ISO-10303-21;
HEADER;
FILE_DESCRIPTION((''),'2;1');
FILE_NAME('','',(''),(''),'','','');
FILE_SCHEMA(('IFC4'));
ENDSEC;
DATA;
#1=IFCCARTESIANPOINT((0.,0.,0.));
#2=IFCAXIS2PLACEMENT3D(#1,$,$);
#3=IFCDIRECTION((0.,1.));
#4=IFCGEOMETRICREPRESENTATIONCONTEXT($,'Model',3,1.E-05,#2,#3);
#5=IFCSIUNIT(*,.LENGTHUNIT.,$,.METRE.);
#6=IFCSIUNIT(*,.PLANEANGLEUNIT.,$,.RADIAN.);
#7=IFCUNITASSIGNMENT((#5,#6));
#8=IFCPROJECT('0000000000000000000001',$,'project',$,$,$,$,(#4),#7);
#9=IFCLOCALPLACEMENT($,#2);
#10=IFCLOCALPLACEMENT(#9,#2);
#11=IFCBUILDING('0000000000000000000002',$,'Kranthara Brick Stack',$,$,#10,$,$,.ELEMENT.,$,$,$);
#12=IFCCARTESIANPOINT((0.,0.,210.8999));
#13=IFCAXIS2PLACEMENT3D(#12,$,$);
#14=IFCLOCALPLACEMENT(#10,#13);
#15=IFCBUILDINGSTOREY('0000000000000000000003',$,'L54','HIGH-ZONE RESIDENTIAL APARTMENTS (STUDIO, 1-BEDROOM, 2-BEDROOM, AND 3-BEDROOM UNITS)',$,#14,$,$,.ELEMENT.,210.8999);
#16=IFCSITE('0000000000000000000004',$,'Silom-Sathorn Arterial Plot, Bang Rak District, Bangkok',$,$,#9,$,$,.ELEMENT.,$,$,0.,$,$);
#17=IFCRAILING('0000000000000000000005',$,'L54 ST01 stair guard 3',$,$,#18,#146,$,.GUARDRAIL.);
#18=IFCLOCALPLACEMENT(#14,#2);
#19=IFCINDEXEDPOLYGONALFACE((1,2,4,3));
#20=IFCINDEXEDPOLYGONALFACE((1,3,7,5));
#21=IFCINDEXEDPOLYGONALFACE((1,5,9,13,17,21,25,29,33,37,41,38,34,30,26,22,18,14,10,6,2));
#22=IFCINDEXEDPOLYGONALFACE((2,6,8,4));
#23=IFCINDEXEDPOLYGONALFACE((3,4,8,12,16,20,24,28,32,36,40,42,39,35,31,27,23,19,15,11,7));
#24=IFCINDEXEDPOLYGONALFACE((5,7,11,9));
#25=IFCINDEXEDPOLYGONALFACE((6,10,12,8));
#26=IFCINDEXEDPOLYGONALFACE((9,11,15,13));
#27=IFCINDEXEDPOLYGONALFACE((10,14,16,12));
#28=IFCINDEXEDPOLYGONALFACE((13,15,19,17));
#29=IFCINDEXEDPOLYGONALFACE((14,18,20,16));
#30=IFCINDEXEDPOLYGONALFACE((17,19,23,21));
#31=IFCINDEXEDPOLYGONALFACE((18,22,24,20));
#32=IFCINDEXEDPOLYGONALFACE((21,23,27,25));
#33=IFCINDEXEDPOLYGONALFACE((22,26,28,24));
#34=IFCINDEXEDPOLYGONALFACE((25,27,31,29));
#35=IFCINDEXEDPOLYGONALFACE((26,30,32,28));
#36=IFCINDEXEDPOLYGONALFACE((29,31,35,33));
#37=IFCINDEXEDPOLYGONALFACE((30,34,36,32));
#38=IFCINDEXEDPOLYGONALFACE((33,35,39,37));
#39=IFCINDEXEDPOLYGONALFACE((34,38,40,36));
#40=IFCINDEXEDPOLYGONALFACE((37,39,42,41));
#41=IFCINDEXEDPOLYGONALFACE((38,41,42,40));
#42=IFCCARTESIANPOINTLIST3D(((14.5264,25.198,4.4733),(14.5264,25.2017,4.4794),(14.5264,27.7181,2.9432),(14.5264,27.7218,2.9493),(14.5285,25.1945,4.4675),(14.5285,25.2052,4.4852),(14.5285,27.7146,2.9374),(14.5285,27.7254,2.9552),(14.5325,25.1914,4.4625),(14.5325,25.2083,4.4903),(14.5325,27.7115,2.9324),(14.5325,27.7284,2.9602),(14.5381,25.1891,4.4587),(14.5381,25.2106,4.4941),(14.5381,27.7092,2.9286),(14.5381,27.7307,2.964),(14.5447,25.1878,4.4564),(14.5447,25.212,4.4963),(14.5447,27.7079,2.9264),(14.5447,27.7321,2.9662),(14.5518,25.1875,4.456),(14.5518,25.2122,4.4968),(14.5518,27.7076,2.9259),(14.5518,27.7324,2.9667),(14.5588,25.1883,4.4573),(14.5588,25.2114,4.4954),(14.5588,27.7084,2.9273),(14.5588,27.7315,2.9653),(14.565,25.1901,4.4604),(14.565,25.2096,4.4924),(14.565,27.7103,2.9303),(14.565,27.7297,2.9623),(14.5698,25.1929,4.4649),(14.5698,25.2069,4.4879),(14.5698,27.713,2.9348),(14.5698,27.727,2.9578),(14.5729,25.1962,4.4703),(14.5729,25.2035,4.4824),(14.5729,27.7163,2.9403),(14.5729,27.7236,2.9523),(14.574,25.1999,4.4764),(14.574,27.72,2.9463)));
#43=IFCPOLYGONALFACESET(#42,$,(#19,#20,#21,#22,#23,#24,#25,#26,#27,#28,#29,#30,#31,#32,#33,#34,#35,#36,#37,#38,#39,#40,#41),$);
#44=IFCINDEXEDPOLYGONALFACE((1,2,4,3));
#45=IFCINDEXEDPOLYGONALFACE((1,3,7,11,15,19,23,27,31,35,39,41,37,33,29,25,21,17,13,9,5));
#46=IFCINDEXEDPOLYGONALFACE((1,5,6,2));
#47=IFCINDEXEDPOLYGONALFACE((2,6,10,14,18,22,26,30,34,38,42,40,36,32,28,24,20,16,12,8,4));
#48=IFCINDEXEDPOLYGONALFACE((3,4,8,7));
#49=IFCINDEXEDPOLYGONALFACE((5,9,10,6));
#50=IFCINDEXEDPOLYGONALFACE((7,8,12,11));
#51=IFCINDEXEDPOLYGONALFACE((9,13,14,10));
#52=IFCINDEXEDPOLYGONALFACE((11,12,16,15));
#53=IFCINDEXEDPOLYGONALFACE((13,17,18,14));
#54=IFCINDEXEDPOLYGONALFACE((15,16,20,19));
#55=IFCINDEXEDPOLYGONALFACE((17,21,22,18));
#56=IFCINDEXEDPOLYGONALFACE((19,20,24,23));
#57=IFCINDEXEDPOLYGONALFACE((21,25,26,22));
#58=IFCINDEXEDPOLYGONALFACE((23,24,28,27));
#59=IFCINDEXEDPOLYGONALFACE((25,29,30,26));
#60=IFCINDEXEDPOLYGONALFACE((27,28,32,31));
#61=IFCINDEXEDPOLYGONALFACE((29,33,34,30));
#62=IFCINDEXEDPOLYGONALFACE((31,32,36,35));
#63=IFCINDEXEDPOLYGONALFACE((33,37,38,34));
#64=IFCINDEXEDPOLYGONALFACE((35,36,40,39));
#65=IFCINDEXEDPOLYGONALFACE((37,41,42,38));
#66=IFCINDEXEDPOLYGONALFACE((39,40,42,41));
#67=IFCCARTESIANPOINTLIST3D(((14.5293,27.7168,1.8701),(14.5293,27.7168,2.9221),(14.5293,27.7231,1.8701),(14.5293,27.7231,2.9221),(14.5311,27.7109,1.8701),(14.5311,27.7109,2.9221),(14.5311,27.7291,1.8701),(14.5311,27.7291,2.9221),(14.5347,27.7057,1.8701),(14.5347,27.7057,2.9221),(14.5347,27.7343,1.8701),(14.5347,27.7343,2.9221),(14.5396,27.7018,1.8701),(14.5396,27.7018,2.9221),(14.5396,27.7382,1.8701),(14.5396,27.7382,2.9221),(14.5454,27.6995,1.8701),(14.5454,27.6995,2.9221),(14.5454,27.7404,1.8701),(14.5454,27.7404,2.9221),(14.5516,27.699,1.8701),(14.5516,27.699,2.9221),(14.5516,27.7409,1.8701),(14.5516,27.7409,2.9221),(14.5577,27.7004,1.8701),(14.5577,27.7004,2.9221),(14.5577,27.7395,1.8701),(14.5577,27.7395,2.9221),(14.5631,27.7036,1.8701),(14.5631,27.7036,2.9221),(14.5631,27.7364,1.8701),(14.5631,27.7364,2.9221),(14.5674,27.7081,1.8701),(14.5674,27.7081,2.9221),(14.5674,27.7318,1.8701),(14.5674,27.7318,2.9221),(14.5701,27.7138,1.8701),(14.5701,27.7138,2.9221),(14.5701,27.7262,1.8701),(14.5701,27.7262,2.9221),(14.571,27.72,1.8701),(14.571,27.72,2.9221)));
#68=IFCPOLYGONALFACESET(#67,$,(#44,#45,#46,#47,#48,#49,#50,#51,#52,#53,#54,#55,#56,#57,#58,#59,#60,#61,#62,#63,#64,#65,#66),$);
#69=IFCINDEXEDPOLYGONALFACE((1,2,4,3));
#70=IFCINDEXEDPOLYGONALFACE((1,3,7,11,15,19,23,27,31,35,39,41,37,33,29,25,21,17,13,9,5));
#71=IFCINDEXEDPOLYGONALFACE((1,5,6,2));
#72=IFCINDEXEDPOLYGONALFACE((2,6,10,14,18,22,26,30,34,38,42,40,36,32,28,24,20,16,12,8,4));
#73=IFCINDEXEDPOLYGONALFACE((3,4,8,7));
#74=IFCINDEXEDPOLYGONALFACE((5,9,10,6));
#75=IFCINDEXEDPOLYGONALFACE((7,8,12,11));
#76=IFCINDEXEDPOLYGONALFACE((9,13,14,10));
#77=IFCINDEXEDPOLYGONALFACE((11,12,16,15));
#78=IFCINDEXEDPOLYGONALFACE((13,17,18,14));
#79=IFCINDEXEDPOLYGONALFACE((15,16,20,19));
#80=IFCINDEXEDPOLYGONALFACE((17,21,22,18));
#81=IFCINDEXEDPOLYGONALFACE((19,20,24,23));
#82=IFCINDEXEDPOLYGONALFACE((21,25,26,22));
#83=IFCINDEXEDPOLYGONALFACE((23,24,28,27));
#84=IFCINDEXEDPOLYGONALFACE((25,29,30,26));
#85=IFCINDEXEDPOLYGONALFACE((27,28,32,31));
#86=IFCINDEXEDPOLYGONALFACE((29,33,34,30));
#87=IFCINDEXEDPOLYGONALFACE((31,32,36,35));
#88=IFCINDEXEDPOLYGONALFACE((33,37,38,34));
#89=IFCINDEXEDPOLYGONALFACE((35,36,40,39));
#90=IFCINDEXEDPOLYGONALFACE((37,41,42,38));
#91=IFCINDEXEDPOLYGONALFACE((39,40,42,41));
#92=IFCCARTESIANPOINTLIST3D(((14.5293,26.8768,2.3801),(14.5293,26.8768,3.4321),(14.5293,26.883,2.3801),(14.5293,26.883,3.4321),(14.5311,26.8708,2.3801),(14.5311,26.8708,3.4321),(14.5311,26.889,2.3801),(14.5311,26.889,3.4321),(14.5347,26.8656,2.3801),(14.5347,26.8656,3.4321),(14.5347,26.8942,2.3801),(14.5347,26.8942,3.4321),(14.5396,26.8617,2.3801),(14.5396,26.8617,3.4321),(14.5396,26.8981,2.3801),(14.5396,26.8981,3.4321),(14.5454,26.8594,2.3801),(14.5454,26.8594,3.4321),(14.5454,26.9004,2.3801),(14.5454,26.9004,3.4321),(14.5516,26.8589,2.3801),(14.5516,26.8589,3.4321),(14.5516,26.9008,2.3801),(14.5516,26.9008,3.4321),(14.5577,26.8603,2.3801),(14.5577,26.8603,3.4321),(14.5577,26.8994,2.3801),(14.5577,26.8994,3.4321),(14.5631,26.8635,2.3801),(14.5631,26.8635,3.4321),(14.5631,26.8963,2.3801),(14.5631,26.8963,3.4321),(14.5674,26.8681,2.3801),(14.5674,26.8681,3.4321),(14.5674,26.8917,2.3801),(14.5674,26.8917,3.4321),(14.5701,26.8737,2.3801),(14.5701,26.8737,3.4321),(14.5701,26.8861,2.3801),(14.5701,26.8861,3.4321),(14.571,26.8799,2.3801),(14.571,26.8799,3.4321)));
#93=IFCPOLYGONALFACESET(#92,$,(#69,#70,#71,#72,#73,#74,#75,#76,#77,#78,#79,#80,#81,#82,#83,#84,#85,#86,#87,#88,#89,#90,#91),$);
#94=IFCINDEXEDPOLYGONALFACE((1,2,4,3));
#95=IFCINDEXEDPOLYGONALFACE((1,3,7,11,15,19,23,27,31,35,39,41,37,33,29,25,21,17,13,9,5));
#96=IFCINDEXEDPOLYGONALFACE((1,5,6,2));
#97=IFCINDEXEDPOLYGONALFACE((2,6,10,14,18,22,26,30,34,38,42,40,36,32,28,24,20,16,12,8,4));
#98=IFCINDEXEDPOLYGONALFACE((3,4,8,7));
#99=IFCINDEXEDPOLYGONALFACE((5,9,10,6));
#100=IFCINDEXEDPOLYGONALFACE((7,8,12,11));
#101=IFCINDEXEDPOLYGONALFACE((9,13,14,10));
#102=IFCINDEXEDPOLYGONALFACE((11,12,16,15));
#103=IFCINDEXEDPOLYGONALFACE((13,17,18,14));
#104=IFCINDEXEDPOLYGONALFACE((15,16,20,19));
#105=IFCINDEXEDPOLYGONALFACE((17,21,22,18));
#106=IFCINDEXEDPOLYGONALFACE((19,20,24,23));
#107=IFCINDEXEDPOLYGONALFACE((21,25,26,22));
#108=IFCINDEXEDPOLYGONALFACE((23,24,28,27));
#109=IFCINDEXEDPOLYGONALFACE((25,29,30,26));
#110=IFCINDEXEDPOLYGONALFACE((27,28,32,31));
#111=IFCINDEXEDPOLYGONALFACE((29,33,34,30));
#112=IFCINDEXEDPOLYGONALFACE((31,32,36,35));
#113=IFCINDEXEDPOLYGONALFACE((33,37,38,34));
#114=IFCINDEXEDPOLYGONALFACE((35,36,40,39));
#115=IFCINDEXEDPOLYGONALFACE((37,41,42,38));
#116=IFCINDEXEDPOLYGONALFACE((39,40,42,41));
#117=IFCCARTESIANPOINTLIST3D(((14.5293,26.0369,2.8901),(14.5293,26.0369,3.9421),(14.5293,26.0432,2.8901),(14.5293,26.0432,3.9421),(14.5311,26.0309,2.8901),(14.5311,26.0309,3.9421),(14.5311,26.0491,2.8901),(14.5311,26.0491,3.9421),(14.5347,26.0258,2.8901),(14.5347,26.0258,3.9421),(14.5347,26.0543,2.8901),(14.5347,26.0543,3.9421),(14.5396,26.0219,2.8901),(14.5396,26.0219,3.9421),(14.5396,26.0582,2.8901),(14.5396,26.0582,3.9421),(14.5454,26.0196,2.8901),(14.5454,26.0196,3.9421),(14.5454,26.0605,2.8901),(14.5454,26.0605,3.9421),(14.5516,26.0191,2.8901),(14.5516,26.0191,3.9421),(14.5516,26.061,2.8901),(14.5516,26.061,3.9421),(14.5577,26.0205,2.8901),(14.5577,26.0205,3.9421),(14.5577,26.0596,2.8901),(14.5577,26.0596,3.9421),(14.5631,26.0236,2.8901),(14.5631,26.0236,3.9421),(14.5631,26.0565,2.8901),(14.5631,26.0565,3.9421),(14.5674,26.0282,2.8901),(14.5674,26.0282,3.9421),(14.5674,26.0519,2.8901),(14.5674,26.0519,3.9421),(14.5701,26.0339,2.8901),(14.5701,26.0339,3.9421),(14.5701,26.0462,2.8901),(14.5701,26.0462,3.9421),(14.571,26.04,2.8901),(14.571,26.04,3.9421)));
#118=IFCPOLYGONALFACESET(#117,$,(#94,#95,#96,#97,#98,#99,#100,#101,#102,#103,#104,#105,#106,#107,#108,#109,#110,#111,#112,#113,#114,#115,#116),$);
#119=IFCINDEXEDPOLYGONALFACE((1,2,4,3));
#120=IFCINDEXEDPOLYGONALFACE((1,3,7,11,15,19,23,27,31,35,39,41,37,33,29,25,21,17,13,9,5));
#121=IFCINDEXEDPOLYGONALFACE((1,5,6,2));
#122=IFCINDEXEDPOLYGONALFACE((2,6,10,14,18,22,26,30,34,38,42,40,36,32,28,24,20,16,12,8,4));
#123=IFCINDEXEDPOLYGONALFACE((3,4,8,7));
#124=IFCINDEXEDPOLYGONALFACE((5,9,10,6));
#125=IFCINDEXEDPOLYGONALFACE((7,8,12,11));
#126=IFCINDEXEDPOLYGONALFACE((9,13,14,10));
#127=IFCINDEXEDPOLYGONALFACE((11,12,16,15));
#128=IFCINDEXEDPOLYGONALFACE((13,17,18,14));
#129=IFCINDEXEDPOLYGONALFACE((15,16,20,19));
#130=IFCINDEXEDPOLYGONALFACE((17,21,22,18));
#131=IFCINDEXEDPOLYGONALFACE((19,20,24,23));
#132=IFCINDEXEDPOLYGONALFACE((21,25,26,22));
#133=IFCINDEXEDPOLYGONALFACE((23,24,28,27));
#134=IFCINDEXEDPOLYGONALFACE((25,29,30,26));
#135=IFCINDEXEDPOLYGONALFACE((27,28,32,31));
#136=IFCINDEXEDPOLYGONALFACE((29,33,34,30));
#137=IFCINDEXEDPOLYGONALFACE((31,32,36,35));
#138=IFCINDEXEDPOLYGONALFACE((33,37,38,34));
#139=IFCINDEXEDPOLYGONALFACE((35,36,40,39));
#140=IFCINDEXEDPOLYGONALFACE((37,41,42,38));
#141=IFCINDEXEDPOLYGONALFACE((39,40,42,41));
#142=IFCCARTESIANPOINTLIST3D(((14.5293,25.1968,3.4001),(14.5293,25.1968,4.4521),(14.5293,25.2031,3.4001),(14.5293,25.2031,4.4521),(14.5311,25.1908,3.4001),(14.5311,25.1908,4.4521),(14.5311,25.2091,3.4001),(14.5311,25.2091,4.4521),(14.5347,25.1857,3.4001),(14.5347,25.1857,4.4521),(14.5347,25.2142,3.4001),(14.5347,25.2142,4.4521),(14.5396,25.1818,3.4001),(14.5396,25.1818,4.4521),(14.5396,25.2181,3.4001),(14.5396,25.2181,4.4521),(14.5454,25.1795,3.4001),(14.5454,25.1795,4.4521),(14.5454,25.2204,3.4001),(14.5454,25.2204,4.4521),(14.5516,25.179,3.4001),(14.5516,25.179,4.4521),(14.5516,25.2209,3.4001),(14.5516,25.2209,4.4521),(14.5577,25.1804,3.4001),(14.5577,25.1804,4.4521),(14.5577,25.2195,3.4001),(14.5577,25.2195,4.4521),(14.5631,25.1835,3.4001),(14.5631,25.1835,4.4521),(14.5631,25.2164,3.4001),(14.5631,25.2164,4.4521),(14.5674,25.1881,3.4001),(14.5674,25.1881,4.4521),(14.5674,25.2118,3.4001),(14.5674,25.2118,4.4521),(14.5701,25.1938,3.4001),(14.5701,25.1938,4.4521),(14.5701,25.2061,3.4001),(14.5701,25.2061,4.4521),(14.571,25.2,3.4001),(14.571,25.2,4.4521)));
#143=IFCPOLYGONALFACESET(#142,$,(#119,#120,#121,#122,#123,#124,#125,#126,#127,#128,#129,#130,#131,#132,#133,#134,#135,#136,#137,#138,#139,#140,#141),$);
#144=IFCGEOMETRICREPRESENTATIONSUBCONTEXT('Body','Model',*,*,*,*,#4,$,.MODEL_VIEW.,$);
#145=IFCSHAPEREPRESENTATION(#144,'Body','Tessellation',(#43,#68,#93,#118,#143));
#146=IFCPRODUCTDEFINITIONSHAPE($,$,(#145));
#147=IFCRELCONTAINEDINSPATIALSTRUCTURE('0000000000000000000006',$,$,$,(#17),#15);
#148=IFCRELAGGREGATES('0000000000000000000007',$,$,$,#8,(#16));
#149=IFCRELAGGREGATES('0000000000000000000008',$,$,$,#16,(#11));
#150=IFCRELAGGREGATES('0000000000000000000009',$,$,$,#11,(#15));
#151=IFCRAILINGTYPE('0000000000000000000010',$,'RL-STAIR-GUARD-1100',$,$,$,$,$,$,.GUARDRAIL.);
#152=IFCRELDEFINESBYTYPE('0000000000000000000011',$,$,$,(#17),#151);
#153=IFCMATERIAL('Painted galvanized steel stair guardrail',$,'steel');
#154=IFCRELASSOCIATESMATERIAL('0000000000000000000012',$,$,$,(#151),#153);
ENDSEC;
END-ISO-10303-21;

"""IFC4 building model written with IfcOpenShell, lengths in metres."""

from ifc_helpers import new_model, si_unit, direction, frame, origin, origin_2d, place, context, subcontext, project, spatial, circle, extrude, material, type_object, element, save


model = new_model("IFC4")

# Units and contexts
model_context = context("Model", 3, precision=1e-05, world=origin(), true_north=direction((0.0, 1.0)))
body_context = subcontext(model_context, "Body", "Model", "MODEL_VIEW")
ifc_project = project(units=[si_unit("LENGTHUNIT", "METRE"), si_unit("PLANEANGLEUNIT", "RADIAN")], contexts=[model_context])

# Site, building, storey
site_placement = place(None, origin())
site = spatial("IfcSite", under=ifc_project, at=site_placement, Name="Silom-Sathorn Arterial Plot, Bang Rak District, Bangkok", CompositionType="ELEMENT", RefElevation=0.0)
building_placement = place(site_placement, origin())
building = spatial("IfcBuilding", under=site, at=building_placement, Name="Kranthara Brick Stack", CompositionType="ELEMENT")
storey_placement = place(building_placement, frame((0.0, 0.0, 210.8999)))
storey = spatial("IfcBuildingStorey", under=building, at=storey_placement, Name="L54", Description="HIGH-ZONE RESIDENTIAL APARTMENTS (STUDIO, 1-BEDROOM, 2-BEDROOM, AND 3-BEDROOM UNITS)", CompositionType="ELEMENT", Elevation=210.8999)

# Railing
ifc_material_1 = material(Name="Painted galvanized steel stair guardrail", Category="steel")
railing_type_1 = type_object("IfcRailingType", Name="RL-STAIR-GUARD-1100", PredefinedType="GUARDRAIL", material=ifc_material_1)
railing_1_placement = place(storey_placement, frame((14.55, 27.72, 1.8701)))
element("IfcRailing", 1, at=railing_1_placement, inside=storey, type_object=railing_type_1, Name="L54 ST01 stair guard 3", PredefinedType="GUARDRAIL", context=body_context, shape_type="SweptSolid", body=[
    extrude(circle(Radius=0.0239, at=origin_2d()), frame((0.0, 0.0, 1.0762), z_axis=(0.0, -0.854785, 0.518982), x_axis=(1.0, 0.0, 0.0)), (0.0, 0.0, 1.0), 2.9482),
    extrude(circle(Radius=0.021, at=origin_2d()), origin(), (0.0, 0.0, 1.0), 1.052),
    extrude(circle(Radius=0.021, at=origin_2d()), frame((0.0, -0.8401, 0.51)), (0.0, 0.0, 1.0), 1.052),
    extrude(circle(Radius=0.021, at=origin_2d()), frame((0.0, -1.6799, 1.02)), (0.0, 0.0, 1.0), 1.052),
    extrude(circle(Radius=0.021, at=origin_2d()), frame((0.0, -2.52, 1.53)), (0.0, 0.0, 1.0), 1.052),
])

save(model, "model.ifc")
